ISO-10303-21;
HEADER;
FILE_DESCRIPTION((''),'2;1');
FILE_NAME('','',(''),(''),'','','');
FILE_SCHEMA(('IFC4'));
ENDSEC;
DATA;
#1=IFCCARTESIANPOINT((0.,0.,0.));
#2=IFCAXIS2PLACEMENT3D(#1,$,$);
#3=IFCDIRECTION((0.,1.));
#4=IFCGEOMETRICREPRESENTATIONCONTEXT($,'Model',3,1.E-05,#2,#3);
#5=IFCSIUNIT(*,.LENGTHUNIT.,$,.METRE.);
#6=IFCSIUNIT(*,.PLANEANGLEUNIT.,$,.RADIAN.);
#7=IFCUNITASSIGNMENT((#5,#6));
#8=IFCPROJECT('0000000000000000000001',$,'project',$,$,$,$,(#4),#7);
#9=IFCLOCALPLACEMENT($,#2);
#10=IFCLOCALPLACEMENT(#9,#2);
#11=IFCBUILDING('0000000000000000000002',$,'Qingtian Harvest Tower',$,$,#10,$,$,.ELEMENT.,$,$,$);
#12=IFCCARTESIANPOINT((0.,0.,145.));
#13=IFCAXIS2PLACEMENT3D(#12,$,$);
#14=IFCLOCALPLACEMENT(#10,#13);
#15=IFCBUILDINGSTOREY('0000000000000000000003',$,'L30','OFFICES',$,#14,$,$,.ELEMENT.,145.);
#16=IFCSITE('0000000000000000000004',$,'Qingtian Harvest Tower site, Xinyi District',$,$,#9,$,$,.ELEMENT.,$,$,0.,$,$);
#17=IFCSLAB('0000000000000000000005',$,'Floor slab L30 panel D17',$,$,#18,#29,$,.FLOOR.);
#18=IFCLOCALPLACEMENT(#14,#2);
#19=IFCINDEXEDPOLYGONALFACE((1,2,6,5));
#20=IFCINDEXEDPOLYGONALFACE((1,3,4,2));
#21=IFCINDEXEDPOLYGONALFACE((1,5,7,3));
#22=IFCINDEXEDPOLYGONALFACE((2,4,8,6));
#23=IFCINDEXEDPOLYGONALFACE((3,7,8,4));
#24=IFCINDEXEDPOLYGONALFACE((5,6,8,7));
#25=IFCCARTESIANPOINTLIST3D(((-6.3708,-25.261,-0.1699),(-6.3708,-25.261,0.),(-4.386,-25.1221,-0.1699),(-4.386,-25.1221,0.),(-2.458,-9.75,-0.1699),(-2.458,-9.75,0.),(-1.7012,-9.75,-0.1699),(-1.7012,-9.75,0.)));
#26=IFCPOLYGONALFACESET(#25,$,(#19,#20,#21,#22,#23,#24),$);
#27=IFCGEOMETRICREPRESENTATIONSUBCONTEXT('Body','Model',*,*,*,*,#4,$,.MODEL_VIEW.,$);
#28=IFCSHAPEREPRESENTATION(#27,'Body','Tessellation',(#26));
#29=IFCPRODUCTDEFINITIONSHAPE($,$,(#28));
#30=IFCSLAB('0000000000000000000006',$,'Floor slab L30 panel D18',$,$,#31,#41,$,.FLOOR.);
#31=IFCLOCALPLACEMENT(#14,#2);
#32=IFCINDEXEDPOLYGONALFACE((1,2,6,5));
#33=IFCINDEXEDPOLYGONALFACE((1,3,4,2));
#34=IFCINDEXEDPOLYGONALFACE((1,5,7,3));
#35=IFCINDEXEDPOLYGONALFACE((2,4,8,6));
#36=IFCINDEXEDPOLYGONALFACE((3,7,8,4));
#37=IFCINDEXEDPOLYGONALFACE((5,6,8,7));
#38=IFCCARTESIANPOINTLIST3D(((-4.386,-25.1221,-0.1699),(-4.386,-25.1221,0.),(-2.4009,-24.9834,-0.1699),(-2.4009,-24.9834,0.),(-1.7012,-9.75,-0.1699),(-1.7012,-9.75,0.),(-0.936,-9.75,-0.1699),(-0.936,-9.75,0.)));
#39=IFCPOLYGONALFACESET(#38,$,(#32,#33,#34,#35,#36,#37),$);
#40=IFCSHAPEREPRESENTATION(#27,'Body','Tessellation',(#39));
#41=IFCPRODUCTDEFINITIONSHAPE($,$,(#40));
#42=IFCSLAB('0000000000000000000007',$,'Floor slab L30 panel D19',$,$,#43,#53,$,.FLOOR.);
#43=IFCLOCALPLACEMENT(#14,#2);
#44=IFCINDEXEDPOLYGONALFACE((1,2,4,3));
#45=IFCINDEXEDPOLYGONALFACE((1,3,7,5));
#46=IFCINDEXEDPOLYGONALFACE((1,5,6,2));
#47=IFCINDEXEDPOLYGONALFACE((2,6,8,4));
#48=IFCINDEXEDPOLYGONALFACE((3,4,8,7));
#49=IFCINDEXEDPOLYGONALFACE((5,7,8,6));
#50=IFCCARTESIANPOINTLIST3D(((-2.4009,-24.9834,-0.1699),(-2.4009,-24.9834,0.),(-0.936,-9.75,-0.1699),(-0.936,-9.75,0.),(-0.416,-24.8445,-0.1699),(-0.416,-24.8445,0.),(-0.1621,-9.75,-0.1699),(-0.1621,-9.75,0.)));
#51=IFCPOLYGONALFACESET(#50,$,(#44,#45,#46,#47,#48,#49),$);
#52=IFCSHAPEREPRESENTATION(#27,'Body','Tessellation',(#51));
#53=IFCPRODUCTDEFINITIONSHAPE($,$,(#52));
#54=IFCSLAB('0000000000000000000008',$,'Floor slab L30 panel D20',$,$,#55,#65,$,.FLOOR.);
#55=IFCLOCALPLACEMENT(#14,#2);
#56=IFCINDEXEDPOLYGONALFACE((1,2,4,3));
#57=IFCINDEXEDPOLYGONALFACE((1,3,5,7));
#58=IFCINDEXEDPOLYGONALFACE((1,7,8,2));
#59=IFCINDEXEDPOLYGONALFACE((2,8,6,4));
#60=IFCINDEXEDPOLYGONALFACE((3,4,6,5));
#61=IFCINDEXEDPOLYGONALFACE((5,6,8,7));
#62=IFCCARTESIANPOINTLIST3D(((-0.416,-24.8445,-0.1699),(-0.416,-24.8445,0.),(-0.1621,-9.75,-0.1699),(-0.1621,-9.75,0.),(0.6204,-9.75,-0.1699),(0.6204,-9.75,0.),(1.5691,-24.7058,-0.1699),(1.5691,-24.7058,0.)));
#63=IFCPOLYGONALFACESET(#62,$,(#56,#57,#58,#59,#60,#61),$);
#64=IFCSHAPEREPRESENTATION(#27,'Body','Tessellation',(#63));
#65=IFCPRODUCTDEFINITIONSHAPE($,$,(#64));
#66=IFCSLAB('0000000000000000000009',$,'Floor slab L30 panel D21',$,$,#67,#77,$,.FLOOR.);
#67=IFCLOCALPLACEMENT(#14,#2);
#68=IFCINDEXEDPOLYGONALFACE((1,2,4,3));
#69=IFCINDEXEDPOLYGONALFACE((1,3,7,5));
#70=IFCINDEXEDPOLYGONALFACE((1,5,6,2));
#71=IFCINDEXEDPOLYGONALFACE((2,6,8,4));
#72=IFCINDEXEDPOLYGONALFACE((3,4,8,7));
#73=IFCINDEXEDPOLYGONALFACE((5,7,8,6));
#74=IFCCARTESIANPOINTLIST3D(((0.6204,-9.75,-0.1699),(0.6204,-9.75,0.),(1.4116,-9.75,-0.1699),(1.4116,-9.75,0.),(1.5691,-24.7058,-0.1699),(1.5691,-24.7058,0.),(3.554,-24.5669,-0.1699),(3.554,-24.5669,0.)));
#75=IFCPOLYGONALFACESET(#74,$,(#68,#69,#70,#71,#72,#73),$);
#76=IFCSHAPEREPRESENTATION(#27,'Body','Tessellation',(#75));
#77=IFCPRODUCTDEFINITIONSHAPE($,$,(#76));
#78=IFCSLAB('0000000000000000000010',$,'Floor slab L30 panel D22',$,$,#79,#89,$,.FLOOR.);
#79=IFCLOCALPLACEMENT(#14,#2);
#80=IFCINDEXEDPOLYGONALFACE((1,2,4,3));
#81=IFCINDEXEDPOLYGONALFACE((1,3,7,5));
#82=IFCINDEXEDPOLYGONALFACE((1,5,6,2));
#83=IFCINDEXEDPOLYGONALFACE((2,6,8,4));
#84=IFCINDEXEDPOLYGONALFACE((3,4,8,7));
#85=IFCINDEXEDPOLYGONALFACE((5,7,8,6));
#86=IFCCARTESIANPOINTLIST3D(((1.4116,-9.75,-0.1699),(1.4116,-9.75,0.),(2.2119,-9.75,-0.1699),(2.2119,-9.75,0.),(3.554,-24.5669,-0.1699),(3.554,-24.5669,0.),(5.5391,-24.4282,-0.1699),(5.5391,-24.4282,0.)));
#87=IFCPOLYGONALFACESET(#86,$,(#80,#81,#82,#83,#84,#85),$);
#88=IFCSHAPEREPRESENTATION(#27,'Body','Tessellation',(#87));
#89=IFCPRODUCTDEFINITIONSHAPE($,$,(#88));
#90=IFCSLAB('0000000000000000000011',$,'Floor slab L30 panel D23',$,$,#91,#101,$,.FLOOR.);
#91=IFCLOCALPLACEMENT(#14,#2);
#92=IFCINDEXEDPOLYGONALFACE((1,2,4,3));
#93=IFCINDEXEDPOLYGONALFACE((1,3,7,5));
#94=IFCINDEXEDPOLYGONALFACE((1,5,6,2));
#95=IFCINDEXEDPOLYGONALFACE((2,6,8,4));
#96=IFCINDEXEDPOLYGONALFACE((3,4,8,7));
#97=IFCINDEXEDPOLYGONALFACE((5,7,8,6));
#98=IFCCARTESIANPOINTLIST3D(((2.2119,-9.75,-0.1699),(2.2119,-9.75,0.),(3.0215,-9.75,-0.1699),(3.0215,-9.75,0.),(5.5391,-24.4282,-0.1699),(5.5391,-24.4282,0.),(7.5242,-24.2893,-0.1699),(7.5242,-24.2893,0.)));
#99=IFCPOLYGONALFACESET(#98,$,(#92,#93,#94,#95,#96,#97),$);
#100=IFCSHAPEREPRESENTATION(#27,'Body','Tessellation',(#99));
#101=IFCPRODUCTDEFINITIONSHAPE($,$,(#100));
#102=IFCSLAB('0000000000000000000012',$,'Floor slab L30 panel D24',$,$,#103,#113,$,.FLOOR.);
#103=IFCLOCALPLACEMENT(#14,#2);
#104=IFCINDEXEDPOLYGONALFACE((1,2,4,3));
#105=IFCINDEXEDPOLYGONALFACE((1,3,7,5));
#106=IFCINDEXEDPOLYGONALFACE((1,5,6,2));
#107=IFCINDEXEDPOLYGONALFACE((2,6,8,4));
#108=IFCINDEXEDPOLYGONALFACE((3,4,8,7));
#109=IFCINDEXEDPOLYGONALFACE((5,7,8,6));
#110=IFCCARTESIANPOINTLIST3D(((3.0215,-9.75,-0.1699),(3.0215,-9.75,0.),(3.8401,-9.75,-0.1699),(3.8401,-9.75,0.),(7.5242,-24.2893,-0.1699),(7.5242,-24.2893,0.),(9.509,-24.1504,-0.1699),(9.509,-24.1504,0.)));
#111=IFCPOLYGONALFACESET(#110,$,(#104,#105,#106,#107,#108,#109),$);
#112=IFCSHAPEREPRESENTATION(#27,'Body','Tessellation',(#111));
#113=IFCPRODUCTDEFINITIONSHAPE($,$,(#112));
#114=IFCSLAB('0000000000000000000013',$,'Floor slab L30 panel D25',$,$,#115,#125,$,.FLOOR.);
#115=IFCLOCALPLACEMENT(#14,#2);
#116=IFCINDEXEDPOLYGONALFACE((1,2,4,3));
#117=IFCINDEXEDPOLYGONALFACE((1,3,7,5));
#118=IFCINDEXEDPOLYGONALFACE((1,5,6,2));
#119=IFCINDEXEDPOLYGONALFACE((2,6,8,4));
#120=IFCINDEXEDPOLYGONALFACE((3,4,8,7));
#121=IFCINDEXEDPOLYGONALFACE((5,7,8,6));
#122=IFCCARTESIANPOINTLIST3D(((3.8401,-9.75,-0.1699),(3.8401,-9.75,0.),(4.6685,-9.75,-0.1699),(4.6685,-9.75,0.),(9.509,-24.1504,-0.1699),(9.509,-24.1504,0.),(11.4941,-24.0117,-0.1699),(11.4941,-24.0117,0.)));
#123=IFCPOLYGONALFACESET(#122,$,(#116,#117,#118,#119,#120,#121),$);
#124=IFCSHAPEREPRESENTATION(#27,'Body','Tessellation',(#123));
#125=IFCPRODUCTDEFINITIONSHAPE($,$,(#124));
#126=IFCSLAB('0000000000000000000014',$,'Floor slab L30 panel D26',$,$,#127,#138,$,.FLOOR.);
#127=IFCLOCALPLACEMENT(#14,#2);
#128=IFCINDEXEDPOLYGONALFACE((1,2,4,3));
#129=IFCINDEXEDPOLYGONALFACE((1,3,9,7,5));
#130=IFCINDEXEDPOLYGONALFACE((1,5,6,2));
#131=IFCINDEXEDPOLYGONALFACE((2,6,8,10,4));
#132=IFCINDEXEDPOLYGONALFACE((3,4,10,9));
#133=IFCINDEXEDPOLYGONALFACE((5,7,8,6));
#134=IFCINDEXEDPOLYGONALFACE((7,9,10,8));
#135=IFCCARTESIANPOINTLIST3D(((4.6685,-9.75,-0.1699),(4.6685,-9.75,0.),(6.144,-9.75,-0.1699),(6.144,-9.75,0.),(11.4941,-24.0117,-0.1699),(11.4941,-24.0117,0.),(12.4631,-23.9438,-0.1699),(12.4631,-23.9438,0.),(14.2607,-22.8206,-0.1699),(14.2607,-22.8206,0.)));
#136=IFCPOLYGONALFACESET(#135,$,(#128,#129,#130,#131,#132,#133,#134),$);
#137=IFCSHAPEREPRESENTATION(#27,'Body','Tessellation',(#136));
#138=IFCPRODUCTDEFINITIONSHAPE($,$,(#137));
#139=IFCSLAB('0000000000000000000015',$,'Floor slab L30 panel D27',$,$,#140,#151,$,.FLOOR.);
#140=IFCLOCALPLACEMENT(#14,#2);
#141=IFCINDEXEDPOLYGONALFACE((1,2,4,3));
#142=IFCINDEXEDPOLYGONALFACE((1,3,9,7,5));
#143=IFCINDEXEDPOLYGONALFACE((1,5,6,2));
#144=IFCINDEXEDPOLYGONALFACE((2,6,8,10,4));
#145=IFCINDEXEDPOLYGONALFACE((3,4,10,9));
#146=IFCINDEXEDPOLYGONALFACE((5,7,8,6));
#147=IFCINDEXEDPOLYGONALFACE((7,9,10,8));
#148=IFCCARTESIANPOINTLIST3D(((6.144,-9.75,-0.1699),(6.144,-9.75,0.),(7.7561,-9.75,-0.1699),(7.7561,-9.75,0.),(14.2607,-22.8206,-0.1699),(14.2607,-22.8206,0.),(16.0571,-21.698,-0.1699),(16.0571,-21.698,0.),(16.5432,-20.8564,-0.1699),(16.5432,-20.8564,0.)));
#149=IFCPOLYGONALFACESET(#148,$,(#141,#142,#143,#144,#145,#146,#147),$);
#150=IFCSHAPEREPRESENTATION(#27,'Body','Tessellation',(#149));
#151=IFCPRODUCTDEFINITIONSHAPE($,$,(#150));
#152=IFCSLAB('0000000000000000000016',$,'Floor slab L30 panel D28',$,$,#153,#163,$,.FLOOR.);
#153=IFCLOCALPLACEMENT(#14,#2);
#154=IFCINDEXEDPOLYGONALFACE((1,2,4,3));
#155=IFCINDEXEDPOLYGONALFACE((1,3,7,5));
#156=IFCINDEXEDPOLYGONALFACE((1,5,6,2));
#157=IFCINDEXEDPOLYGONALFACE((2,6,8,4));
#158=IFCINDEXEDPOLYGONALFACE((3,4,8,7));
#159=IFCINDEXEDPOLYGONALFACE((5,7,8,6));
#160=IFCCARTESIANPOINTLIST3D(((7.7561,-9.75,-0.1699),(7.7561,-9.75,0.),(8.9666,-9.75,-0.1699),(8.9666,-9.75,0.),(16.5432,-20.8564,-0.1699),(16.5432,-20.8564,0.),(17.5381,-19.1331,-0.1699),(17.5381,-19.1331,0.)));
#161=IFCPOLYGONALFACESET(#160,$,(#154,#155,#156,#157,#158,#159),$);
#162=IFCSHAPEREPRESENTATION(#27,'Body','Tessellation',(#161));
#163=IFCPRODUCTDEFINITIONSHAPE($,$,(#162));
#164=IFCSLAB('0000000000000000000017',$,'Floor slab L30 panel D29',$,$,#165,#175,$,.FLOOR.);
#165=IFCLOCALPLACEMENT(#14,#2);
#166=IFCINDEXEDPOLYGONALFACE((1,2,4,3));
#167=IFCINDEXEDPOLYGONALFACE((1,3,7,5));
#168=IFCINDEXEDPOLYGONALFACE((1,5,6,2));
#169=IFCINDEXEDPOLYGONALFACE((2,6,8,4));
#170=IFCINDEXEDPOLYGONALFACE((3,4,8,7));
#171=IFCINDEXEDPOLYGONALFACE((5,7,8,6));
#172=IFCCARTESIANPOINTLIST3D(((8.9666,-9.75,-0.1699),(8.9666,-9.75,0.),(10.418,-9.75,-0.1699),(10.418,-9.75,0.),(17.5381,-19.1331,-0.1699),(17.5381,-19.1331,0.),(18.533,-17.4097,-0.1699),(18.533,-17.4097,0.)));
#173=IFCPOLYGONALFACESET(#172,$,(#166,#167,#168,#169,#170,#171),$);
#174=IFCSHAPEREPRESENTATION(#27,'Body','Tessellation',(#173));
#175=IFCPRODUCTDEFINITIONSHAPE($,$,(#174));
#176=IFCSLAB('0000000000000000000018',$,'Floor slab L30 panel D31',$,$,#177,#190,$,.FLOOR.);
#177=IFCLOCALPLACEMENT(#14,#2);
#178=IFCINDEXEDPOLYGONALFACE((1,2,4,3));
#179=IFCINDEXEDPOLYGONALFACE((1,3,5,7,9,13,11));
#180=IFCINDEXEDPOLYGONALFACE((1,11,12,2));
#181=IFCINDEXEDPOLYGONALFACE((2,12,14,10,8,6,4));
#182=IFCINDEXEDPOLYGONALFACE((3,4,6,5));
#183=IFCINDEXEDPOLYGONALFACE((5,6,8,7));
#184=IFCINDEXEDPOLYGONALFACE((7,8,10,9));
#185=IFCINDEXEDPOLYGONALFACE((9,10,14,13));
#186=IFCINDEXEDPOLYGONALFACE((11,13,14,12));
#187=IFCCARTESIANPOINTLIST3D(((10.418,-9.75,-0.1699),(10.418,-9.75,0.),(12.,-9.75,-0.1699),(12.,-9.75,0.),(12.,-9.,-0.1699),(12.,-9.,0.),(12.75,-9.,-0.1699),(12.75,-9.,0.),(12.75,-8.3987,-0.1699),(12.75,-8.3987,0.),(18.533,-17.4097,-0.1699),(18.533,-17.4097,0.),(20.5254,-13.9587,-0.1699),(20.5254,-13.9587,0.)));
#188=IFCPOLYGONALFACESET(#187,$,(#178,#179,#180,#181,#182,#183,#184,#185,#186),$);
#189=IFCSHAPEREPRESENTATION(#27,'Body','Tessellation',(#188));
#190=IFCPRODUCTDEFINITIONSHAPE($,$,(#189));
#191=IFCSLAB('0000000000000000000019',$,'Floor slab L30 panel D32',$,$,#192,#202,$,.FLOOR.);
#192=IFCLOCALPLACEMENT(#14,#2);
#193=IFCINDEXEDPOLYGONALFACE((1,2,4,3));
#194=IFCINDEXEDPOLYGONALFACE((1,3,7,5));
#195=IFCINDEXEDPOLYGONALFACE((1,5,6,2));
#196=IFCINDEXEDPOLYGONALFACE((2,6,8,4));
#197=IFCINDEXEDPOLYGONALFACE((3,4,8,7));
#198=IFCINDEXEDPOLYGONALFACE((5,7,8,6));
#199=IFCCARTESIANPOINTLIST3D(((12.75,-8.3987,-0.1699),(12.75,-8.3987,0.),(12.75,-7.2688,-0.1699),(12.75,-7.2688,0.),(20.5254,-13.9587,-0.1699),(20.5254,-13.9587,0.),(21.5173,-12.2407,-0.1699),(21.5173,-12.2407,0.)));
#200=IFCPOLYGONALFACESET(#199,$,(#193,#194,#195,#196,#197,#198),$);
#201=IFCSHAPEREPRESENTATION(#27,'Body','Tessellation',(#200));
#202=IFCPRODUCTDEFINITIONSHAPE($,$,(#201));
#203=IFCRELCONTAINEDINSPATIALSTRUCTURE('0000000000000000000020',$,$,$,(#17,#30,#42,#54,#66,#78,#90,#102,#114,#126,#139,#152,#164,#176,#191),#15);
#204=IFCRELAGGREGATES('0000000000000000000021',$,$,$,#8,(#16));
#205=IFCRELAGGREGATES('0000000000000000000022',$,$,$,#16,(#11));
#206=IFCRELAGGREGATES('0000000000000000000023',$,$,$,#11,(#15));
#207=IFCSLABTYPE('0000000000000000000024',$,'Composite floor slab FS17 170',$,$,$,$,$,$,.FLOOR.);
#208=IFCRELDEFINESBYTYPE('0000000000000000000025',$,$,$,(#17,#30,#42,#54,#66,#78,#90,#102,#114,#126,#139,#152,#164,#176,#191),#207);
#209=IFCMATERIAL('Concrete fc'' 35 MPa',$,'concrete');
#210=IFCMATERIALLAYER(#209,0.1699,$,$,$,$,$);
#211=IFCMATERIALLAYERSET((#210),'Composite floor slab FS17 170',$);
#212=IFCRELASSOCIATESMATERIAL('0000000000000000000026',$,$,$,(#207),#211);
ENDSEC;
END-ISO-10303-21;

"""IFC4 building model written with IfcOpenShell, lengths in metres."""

from ifc_helpers import new_model, si_unit, direction, frame, origin, place, context, subcontext, project, spatial, polyline, outline, extrude, material, layer, layer_set, type_object, element, save


model = new_model("IFC4")

# Units and contexts
model_context = context("Model", 3, precision=1e-05, world=origin(), true_north=direction((0.0, 1.0)))
body_context = subcontext(model_context, "Body", "Model", "MODEL_VIEW")
ifc_project = project(units=[si_unit("LENGTHUNIT", "METRE"), si_unit("PLANEANGLEUNIT", "RADIAN")], contexts=[model_context])

# Site, building, storey
site_placement = place(None, origin())
site = spatial("IfcSite", under=ifc_project, at=site_placement, Name="Qingtian Harvest Tower site, Xinyi District", CompositionType="ELEMENT", RefElevation=0.0)
building_placement = place(site_placement, origin())
building = spatial("IfcBuilding", under=site, at=building_placement, Name="Qingtian Harvest Tower", CompositionType="ELEMENT")
storey_placement = place(building_placement, frame((0.0, 0.0, 145.0)))
storey = spatial("IfcBuildingStorey", under=building, at=storey_placement, Name="L30", Description="OFFICES", CompositionType="ELEMENT", Elevation=145.0)

# Slabs
ifc_material = material(Name="Concrete fc' 35 MPa", Category="concrete")
ifc_layer = layer(ifc_material, 0.1699)
ifc_layer_set = layer_set([ifc_layer], Name="Composite floor slab FS17 170")
slab_type = type_object("IfcSlabType", Name="Composite floor slab FS17 170", PredefinedType="FLOOR", material=ifc_layer_set)
slab_1_placement = place(storey_placement, frame((0.0, 0.0, -0.1699)))
element("IfcSlab", 1, at=slab_1_placement, inside=storey, type_object=slab_type, Name="Floor slab L30 panel D17", PredefinedType="FLOOR", context=body_context, shape_type="SweptSolid", body=[
    extrude(outline(polyline([(-1.7012, -9.75), (-4.386, -25.1221), (-6.3708, -25.261), (-2.458, -9.75), (-1.7012, -9.75)])), origin(), (0.0, 0.0, 1.0), 0.1699),
])
slab_2_placement = place(storey_placement, frame((0.0, 0.0, -0.1699)))
element("IfcSlab", 2, at=slab_2_placement, inside=storey, type_object=slab_type, Name="Floor slab L30 panel D18", PredefinedType="FLOOR", context=body_context, shape_type="SweptSolid", body=[
    extrude(outline(polyline([(-0.936, -9.75), (-2.4009, -24.9834), (-4.386, -25.1221), (-1.7012, -9.75), (-0.936, -9.75)])), origin(), (0.0, 0.0, 1.0), 0.1699),
])
slab_3_placement = place(storey_placement, frame((0.0, 0.0, -0.1699)))
element("IfcSlab", 3, at=slab_3_placement, inside=storey, type_object=slab_type, Name="Floor slab L30 panel D19", PredefinedType="FLOOR", context=body_context, shape_type="SweptSolid", body=[
    extrude(outline(polyline([(-0.1621, -9.75), (-0.416, -24.8445), (-2.4009, -24.9834), (-0.936, -9.75), (-0.1621, -9.75)])), origin(), (0.0, 0.0, 1.0), 0.1699),
])
slab_4_placement = place(storey_placement, frame((0.0, 0.0, -0.1699)))
element("IfcSlab", 4, at=slab_4_placement, inside=storey, type_object=slab_type, Name="Floor slab L30 panel D20", PredefinedType="FLOOR", context=body_context, shape_type="SweptSolid", body=[
    extrude(outline(polyline([(0.6204, -9.75), (1.5691, -24.7058), (-0.416, -24.8445), (-0.1621, -9.75), (0.6204, -9.75)])), origin(), (0.0, 0.0, 1.0), 0.1699),
])
slab_5_placement = place(storey_placement, frame((0.0, 0.0, -0.1699)))
element("IfcSlab", 5, at=slab_5_placement, inside=storey, type_object=slab_type, Name="Floor slab L30 panel D21", PredefinedType="FLOOR", context=body_context, shape_type="SweptSolid", body=[
    extrude(outline(polyline([(1.4116, -9.75), (3.554, -24.5669), (1.5691, -24.7058), (0.6204, -9.75), (1.4116, -9.75)])), origin(), (0.0, 0.0, 1.0), 0.1699),
])
slab_6_placement = place(storey_placement, frame((0.0, 0.0, -0.1699)))
element("IfcSlab", 6, at=slab_6_placement, inside=storey, type_object=slab_type, Name="Floor slab L30 panel D22", PredefinedType="FLOOR", context=body_context, shape_type="SweptSolid", body=[
    extrude(outline(polyline([(2.2119, -9.75), (5.5391, -24.4282), (3.554, -24.5669), (1.4116, -9.75), (2.2119, -9.75)])), origin(), (0.0, 0.0, 1.0), 0.1699),
])
slab_7_placement = place(storey_placement, frame((0.0, 0.0, -0.1699)))
element("IfcSlab", 7, at=slab_7_placement, inside=storey, type_object=slab_type, Name="Floor slab L30 panel D23", PredefinedType="FLOOR", context=body_context, shape_type="SweptSolid", body=[
    extrude(outline(polyline([(3.0215, -9.75), (7.5242, -24.2893), (5.5391, -24.4282), (2.2119, -9.75), (3.0215, -9.75)])), origin(), (0.0, 0.0, 1.0), 0.1699),
])
slab_8_placement = place(storey_placement, frame((0.0, 0.0, -0.1699)))
element("IfcSlab", 8, at=slab_8_placement, inside=storey, type_object=slab_type, Name="Floor slab L30 panel D24", PredefinedType="FLOOR", context=body_context, shape_type="SweptSolid", body=[
    extrude(outline(polyline([(3.8401, -9.75), (9.509, -24.1504), (7.5242, -24.2893), (3.0215, -9.75), (3.8401, -9.75)])), origin(), (0.0, 0.0, 1.0), 0.1699),
])
slab_9_placement = place(storey_placement, frame((0.0, 0.0, -0.1699)))
element("IfcSlab", 9, at=slab_9_placement, inside=storey, type_object=slab_type, Name="Floor slab L30 panel D25", PredefinedType="FLOOR", context=body_context, shape_type="SweptSolid", body=[
    extrude(outline(polyline([(4.6685, -9.75), (11.4941, -24.0117), (9.509, -24.1504), (3.8401, -9.75), (4.6685, -9.75)])), origin(), (0.0, 0.0, 1.0), 0.1699),
])
slab_10_placement = place(storey_placement, frame((0.0, 0.0, -0.1699)))
element("IfcSlab", 10, at=slab_10_placement, inside=storey, type_object=slab_type, Name="Floor slab L30 panel D26", PredefinedType="FLOOR", context=body_context, shape_type="SweptSolid", body=[
    extrude(outline(polyline([(4.6685, -9.75), (6.144, -9.75), (14.2607, -22.8206), (12.4631, -23.9438), (11.4941, -24.0117), (4.6685, -9.75)])), origin(), (0.0, 0.0, 1.0), 0.1699),
])
slab_11_placement = place(storey_placement, frame((0.0, 0.0, -0.1699)))
element("IfcSlab", 11, at=slab_11_placement, inside=storey, type_object=slab_type, Name="Floor slab L30 panel D27", PredefinedType="FLOOR", context=body_context, shape_type="SweptSolid", body=[
    extrude(outline(polyline([(6.144, -9.75), (7.7561, -9.75), (16.5432, -20.8564), (16.0571, -21.698), (14.2607, -22.8206), (6.144, -9.75)])), origin(), (0.0, 0.0, 1.0), 0.1699),
])
slab_12_placement = place(storey_placement, frame((0.0, 0.0, -0.1699)))
element("IfcSlab", 12, at=slab_12_placement, inside=storey, type_object=slab_type, Name="Floor slab L30 panel D28", PredefinedType="FLOOR", context=body_context, shape_type="SweptSolid", body=[
    extrude(outline(polyline([(8.9666, -9.75), (17.5381, -19.1331), (16.5432, -20.8564), (7.7561, -9.75), (8.9666, -9.75)])), origin(), (0.0, 0.0, 1.0), 0.1699),
])
slab_13_placement = place(storey_placement, frame((0.0, 0.0, -0.1699)))
element("IfcSlab", 13, at=slab_13_placement, inside=storey, type_object=slab_type, Name="Floor slab L30 panel D29", PredefinedType="FLOOR", context=body_context, shape_type="SweptSolid", body=[
    extrude(outline(polyline([(10.418, -9.75), (18.533, -17.4097), (17.5381, -19.1331), (8.9666, -9.75), (10.418, -9.75)])), origin(), (0.0, 0.0, 1.0), 0.1699),
])
slab_14_placement = place(storey_placement, frame((0.0, 0.0, -0.1699)))
element("IfcSlab", 14, at=slab_14_placement, inside=storey, type_object=slab_type, Name="Floor slab L30 panel D31", PredefinedType="FLOOR", context=body_context, shape_type="SweptSolid", body=[
    extrude(outline(polyline([(12.75, -8.3987), (20.5254, -13.9587), (18.533, -17.4097), (10.418, -9.75), (12.0, -9.75), (12.0, -9.0), (12.75, -9.0), (12.75, -8.3987)])), origin(), (0.0, 0.0, 1.0), 0.1699),
])
slab_15_placement = place(storey_placement, frame((0.0, 0.0, -0.1699)))
element("IfcSlab", 15, at=slab_15_placement, inside=storey, type_object=slab_type, Name="Floor slab L30 panel D32", PredefinedType="FLOOR", context=body_context, shape_type="SweptSolid", body=[
    extrude(outline(polyline([(12.75, -7.2688), (21.5173, -12.2407), (20.5254, -13.9587), (12.75, -8.3987), (12.75, -7.2688)])), origin(), (0.0, 0.0, 1.0), 0.1699),
])

save(model, "model.ifc")
